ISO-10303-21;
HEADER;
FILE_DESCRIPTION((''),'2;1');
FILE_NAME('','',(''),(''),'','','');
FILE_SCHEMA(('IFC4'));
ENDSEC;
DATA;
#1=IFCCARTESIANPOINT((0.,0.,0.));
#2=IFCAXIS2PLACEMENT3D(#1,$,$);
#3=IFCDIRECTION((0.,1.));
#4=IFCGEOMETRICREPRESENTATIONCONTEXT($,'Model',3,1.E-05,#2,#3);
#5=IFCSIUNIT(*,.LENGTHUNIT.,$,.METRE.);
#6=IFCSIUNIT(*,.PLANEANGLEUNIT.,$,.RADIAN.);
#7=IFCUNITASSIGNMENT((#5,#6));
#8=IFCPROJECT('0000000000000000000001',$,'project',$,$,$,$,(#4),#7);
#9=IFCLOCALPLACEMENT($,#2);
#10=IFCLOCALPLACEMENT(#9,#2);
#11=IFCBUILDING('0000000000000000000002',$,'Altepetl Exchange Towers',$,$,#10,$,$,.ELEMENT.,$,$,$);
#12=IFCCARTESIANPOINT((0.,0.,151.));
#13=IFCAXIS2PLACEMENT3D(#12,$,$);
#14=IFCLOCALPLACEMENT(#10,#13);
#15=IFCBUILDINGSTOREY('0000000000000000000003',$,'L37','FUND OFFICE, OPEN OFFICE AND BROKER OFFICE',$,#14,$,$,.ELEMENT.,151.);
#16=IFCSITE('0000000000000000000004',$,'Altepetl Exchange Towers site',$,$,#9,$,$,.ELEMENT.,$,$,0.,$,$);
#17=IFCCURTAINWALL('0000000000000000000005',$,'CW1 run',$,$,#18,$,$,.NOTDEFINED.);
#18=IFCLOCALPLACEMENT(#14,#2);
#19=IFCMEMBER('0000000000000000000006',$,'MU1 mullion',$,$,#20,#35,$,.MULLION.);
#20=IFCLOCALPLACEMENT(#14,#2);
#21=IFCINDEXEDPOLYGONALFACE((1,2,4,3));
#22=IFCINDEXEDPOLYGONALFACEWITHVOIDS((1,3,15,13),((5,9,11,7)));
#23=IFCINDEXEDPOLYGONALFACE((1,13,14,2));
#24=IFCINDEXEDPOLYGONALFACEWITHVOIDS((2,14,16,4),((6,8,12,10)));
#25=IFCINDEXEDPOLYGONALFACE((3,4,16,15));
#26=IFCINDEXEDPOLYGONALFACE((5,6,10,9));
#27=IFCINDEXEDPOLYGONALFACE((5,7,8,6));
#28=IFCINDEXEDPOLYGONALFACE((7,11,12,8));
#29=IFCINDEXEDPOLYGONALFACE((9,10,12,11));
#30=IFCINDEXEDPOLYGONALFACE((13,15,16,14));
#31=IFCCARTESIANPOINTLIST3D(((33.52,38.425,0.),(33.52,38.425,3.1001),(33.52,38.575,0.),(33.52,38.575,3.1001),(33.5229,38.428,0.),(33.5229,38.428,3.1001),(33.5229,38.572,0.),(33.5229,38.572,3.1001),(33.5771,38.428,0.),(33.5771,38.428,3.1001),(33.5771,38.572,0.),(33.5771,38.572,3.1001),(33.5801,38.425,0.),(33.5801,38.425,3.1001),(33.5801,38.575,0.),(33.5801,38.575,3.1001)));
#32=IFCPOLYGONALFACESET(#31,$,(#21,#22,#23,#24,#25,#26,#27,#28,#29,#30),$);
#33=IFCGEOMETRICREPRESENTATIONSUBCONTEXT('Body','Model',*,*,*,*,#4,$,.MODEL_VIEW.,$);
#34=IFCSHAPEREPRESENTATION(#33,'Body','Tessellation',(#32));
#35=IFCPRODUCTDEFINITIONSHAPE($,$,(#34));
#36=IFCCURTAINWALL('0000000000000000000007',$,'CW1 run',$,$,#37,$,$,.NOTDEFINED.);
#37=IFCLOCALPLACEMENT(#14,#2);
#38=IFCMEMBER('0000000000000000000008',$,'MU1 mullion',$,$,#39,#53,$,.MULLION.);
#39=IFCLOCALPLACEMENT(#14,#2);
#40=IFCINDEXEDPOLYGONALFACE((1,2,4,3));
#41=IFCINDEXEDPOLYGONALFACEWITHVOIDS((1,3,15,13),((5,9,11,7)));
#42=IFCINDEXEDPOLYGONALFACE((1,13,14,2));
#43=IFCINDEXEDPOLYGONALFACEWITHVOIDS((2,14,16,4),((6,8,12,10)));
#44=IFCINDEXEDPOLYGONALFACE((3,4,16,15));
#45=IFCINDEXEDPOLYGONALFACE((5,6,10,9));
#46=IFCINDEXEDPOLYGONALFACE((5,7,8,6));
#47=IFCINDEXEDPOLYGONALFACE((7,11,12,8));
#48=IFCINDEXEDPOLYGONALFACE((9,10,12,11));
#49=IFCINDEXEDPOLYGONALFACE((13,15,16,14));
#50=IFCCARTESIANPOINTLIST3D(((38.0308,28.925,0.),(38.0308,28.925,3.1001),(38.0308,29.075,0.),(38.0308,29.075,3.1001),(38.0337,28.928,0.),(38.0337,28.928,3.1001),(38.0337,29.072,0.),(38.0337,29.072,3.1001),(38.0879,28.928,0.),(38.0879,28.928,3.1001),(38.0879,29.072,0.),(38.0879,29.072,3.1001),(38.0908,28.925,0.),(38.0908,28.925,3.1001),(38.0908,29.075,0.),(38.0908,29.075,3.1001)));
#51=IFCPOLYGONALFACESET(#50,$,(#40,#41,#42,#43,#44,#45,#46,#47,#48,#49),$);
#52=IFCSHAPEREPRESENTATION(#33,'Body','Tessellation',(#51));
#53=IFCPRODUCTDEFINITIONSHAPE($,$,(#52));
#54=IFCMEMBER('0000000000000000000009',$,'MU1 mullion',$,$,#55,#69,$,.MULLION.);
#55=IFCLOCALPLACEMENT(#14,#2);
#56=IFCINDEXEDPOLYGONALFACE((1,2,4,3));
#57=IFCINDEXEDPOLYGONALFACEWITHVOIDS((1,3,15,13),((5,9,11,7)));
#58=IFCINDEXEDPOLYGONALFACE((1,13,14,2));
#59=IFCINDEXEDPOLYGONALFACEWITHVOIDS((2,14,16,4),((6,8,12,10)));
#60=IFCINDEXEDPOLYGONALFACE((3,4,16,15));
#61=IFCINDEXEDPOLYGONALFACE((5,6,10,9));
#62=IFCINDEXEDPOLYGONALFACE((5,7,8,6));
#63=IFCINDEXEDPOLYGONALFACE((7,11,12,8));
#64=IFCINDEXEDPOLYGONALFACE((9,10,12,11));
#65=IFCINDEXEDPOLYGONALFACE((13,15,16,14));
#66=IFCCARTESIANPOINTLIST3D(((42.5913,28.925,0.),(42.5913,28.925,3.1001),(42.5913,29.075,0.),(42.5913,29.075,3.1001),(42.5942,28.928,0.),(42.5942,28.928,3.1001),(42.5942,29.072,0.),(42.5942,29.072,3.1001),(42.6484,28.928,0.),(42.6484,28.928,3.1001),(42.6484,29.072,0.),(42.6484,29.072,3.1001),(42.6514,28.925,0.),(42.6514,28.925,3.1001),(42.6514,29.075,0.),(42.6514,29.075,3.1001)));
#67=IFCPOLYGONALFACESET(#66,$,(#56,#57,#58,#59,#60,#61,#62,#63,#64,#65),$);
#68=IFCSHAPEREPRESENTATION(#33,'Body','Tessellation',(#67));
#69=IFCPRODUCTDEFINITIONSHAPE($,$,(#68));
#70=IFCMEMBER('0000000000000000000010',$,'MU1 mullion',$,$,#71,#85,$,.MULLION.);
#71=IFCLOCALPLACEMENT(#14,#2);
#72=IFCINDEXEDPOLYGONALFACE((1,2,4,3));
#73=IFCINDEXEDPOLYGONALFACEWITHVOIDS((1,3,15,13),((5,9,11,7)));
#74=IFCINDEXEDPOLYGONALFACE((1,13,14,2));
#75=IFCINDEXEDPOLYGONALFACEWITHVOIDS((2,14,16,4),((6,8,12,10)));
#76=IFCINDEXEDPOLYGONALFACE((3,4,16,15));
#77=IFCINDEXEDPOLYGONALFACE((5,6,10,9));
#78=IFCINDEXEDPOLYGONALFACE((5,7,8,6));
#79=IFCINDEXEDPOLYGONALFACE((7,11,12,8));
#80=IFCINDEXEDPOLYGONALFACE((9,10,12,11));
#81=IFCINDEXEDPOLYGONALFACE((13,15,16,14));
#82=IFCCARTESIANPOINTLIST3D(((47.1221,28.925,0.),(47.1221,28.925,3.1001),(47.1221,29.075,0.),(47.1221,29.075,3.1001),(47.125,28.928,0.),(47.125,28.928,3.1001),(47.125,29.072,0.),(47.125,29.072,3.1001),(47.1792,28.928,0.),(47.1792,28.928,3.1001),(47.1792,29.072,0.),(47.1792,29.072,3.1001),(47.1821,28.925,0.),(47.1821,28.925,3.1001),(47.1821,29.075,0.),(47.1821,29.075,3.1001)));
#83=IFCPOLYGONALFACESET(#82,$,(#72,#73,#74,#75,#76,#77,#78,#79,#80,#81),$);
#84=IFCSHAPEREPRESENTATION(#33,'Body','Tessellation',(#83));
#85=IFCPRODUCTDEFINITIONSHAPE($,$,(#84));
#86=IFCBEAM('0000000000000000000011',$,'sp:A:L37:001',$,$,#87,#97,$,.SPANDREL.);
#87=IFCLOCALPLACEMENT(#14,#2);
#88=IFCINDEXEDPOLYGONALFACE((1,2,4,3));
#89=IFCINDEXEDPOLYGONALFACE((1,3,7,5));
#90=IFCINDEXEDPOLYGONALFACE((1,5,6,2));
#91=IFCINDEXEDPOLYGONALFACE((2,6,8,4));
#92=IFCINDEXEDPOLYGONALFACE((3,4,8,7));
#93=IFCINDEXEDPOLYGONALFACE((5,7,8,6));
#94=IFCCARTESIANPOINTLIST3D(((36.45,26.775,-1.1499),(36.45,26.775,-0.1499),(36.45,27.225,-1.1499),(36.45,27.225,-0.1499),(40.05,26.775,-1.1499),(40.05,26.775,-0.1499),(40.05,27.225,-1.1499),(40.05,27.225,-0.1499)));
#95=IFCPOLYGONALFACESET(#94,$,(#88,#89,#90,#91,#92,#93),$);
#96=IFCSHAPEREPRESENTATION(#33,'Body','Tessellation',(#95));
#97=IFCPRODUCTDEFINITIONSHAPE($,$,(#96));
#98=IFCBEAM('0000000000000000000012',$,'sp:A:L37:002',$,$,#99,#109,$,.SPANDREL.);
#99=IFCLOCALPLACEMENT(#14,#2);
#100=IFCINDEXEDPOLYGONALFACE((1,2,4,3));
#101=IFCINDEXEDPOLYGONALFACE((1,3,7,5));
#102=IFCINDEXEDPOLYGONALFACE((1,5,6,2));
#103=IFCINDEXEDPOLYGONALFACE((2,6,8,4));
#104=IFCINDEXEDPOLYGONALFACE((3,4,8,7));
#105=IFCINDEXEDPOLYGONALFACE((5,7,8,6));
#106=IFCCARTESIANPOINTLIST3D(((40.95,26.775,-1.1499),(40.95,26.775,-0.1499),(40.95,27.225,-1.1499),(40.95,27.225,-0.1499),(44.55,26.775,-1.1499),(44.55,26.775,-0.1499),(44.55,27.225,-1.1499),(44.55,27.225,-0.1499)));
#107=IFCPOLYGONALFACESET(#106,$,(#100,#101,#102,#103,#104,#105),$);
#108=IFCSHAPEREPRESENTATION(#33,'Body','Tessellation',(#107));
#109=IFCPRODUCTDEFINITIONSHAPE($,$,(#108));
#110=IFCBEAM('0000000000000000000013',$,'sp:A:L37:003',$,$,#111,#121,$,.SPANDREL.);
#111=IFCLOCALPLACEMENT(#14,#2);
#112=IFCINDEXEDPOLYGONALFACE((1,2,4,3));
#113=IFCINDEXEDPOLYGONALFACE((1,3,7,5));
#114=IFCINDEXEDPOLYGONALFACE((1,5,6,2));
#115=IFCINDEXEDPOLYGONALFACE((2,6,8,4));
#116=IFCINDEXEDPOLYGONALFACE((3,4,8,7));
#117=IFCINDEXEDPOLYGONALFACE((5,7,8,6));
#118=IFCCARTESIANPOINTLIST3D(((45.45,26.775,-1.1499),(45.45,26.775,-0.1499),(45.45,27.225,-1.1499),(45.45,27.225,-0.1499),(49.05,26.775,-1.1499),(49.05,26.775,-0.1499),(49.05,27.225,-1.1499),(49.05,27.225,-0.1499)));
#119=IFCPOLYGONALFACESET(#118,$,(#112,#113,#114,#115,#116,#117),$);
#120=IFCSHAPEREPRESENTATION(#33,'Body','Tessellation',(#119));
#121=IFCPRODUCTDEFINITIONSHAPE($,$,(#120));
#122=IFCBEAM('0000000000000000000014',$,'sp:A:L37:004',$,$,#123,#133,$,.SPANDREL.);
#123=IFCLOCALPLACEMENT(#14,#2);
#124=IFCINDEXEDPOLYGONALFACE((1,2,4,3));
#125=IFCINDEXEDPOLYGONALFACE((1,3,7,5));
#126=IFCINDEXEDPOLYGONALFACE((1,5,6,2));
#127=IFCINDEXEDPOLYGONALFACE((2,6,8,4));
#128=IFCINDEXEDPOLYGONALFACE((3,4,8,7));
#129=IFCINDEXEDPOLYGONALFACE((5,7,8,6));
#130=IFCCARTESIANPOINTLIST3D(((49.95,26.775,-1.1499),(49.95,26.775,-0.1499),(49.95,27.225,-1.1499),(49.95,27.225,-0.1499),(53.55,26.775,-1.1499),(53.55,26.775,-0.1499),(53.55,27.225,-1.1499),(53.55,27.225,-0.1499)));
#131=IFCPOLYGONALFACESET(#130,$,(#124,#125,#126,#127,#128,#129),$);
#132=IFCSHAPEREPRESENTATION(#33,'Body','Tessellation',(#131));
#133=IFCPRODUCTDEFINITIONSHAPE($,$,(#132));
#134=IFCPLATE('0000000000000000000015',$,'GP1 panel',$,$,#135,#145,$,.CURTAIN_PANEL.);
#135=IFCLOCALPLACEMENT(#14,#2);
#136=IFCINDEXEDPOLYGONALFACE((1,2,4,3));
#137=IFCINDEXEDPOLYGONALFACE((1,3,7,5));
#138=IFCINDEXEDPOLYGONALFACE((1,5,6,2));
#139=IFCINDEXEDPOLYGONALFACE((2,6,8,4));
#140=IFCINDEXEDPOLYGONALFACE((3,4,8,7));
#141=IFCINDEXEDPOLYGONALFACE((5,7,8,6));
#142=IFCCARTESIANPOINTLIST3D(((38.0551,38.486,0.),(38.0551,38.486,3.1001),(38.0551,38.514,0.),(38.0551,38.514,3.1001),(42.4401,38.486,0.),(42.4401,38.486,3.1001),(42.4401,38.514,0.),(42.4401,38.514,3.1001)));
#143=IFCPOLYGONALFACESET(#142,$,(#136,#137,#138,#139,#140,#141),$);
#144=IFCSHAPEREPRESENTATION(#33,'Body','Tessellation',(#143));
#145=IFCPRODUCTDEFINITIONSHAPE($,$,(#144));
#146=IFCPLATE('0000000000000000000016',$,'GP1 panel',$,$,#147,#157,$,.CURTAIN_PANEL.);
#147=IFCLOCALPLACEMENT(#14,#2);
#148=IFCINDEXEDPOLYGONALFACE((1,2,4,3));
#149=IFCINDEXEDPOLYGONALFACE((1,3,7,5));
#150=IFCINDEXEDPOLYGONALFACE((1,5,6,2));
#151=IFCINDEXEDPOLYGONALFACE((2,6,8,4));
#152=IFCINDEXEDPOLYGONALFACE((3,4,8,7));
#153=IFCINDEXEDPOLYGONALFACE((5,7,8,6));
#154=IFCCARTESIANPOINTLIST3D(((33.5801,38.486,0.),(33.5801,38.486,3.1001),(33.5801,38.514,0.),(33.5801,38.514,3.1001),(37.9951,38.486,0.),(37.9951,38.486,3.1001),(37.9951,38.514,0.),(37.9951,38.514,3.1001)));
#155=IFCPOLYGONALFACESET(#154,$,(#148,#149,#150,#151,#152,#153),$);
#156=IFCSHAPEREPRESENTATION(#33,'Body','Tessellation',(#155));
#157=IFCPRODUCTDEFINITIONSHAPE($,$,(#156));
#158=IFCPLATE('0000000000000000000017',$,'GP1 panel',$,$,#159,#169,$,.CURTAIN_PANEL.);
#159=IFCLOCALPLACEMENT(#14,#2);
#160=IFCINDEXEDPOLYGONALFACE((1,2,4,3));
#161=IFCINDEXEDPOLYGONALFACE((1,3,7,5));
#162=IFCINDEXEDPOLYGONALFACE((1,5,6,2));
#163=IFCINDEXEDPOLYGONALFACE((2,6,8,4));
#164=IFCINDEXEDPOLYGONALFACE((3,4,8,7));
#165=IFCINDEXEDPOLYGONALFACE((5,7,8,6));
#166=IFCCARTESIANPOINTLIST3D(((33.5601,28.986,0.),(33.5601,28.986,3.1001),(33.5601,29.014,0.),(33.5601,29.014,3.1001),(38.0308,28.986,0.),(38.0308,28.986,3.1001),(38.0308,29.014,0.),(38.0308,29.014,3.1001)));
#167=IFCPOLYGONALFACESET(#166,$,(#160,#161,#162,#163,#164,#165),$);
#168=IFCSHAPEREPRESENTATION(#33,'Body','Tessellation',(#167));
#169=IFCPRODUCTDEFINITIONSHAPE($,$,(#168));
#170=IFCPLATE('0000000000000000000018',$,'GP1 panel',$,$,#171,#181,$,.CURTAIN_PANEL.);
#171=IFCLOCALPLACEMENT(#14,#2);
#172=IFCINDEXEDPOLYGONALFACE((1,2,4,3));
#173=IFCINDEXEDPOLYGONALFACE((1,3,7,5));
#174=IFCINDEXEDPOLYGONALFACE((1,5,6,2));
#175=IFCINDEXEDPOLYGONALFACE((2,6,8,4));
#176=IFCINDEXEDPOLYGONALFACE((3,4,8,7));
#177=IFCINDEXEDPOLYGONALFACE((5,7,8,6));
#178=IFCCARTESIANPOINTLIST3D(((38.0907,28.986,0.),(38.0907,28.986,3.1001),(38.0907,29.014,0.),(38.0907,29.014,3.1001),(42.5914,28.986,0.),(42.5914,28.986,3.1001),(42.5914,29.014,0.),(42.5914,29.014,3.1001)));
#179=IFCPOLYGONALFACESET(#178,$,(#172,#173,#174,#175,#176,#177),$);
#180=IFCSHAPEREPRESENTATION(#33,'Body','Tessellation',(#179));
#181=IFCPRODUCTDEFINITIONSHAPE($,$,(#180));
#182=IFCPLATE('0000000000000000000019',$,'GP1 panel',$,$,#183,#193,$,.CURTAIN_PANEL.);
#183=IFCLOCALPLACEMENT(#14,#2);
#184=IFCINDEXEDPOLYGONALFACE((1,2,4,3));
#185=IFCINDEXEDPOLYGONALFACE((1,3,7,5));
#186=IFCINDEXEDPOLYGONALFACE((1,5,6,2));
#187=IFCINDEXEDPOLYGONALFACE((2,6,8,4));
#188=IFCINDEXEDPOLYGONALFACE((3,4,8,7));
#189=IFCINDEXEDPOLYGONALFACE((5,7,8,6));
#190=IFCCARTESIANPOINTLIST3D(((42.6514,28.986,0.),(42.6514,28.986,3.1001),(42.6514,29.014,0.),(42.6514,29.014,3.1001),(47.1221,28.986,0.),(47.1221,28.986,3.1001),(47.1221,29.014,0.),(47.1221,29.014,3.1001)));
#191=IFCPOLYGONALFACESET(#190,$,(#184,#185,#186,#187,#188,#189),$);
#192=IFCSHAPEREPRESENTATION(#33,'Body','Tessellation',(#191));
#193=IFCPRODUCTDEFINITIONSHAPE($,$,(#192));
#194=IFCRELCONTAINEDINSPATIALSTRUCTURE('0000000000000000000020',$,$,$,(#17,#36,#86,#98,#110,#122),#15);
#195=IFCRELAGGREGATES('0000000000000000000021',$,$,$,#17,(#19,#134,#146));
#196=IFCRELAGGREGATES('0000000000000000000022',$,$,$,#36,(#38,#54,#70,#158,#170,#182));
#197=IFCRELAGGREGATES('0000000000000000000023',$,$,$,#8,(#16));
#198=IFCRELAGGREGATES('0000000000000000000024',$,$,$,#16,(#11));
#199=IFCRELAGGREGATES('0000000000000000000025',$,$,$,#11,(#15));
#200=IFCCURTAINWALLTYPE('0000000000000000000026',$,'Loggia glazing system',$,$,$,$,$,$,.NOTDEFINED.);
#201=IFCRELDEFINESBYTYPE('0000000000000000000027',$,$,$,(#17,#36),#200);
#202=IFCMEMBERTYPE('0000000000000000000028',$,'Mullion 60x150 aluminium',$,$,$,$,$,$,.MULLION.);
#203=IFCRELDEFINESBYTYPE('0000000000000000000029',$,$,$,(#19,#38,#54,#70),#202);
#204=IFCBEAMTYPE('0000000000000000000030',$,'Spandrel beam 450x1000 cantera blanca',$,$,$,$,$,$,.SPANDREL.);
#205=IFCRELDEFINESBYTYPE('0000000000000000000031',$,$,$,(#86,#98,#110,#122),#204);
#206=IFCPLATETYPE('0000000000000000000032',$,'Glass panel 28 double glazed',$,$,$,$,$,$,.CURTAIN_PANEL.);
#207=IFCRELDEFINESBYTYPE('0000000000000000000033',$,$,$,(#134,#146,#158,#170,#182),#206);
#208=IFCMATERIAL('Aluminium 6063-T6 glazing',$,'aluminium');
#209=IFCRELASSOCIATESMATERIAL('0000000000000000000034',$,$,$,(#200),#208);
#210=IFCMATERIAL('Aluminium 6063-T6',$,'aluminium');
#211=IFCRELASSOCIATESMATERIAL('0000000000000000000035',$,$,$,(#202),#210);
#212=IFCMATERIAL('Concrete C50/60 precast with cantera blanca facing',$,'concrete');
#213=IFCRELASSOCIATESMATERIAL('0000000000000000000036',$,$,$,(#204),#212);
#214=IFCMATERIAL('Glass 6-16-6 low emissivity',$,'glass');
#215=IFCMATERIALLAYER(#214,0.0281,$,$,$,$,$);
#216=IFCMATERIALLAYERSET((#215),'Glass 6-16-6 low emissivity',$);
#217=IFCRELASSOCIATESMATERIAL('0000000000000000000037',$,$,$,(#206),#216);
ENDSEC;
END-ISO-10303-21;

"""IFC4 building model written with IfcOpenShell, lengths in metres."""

from ifc_helpers import new_model, si_unit, direction, frame, origin, origin_2d, place, context, subcontext, project, spatial, rectangle, hollow_rectangle, extrude, material, layer, layer_set, material_profile, profile_set, type_object, element, aggregate, save


model = new_model("IFC4")

# Units and contexts
model_context = context("Model", 3, precision=1e-05, world=origin(), true_north=direction((0.0, 1.0)))
body_context = subcontext(model_context, "Body", "Model", "MODEL_VIEW")
ifc_project = project(units=[si_unit("LENGTHUNIT", "METRE"), si_unit("PLANEANGLEUNIT", "RADIAN")], contexts=[model_context])

# Site, building, storey
site_placement = place(None, origin())
site = spatial("IfcSite", under=ifc_project, at=site_placement, Name="Altepetl Exchange Towers site", CompositionType="ELEMENT", RefElevation=0.0)
building_placement = place(site_placement, origin())
building = spatial("IfcBuilding", under=site, at=building_placement, Name="Altepetl Exchange Towers", CompositionType="ELEMENT")
storey_placement = place(building_placement, frame((0.0, 0.0, 151.0)))
storey = spatial("IfcBuildingStorey", under=building, at=storey_placement, Name="L37", Description="FUND OFFICE, OPEN OFFICE AND BROKER OFFICE", CompositionType="ELEMENT", Elevation=151.0)

# Shared definitions
ifc_material_1 = material(Name="Aluminium 6063-T6 glazing", Category="aluminium")
curtain_wall_type = type_object("IfcCurtainWallType", Name="Loggia glazing system", PredefinedType="NOTDEFINED", material=ifc_material_1)
ifc_material_2 = material(Name="Aluminium 6063-T6", Category="aluminium")
ifc_material_profile_1 = material_profile(ifc_material_2, hollow_rectangle(XDim=0.0601, YDim=0.1499, WallThickness=0.0029, at=origin_2d()), Name="Mullion 60x150 aluminium")
ifc_profile_set_1 = profile_set([ifc_material_profile_1], Name="Aluminium 6063-T6")
member_type = type_object("IfcMemberType", Name="Mullion 60x150 aluminium", PredefinedType="MULLION", material=ifc_profile_set_1)

# Curtain walls, members
curtain_wall_1_placement = place(storey_placement, origin())
curtain_wall_1 = element("IfcCurtainWall", 1, at=curtain_wall_1_placement, inside=storey, type_object=curtain_wall_type, Name="CW1 run", PredefinedType="NOTDEFINED")
member_1_placement = place(storey_placement, frame((33.55, 38.5, 0.0), z_axis=(0.0, 0.0, 1.0), x_axis=(-1.0, 0.0, 0.0)))
member_1 = element("IfcMember", 2, at=member_1_placement, type_object=member_type, Name="MU1 mullion", PredefinedType="MULLION", context=body_context, shape_type="SweptSolid", body=[
    extrude(hollow_rectangle(XDim=0.0601, YDim=0.1499, WallThickness=0.0029, at=origin_2d()), origin(), (0.0, 0.0, 1.0), 3.1001),
])
curtain_wall_2_placement = place(storey_placement, origin())
curtain_wall_2 = element("IfcCurtainWall", 3, at=curtain_wall_2_placement, inside=storey, type_object=curtain_wall_type, Name="CW1 run", PredefinedType="NOTDEFINED")
member_2_placement = place(storey_placement, frame((38.0608, 29.0, 0.0)))
member_2 = element("IfcMember", 4, at=member_2_placement, type_object=member_type, Name="MU1 mullion", PredefinedType="MULLION", context=body_context, shape_type="SweptSolid", body=[
    extrude(hollow_rectangle(XDim=0.0601, YDim=0.1499, WallThickness=0.0029, at=origin_2d()), origin(), (0.0, 0.0, 1.0), 3.1001),
])
member_3_placement = place(storey_placement, frame((42.6213, 29.0, 0.0)))
member_3 = element("IfcMember", 5, at=member_3_placement, type_object=member_type, Name="MU1 mullion", PredefinedType="MULLION", context=body_context, shape_type="SweptSolid", body=[
    extrude(hollow_rectangle(XDim=0.0601, YDim=0.1499, WallThickness=0.0029, at=origin_2d()), origin(), (0.0, 0.0, 1.0), 3.1001),
])
member_4_placement = place(storey_placement, frame((47.1521, 29.0, 0.0)))
member_4 = element("IfcMember", 6, at=member_4_placement, type_object=member_type, Name="MU1 mullion", PredefinedType="MULLION", context=body_context, shape_type="SweptSolid", body=[
    extrude(hollow_rectangle(XDim=0.0601, YDim=0.1499, WallThickness=0.0029, at=origin_2d()), origin(), (0.0, 0.0, 1.0), 3.1001),
])

# Beams
ifc_material_3 = material(Name="Concrete C50/60 precast with cantera blanca facing", Category="concrete")
ifc_material_profile_2 = material_profile(ifc_material_3, rectangle(XDim=0.45, YDim=1.0, at=origin_2d()), Name="450 x 1000")
ifc_profile_set_2 = profile_set([ifc_material_profile_2], Name="Concrete C50/60 precast with cantera blanca facing")
beam_type_1 = type_object("IfcBeamType", Name="Spandrel beam 450x1000 cantera blanca", PredefinedType="SPANDREL", material=ifc_profile_set_2)
for number, where, z_axis, x_axis, name in (
    (7, (36.45, 27.0, -0.6499), (1.0, 0.0, 0.0), (0.0, 1.0, 0.0), "sp:A:L37:001"),
    (8, (40.95, 27.0, -0.6499), (1.0, 0.0, 0.0), (0.0, 1.0, 0.0), "sp:A:L37:002"),
    (9, (45.45, 27.0, -0.6499), (1.0, 0.0, 0.0), (0.0, 1.0, 0.0), "sp:A:L37:003"),
    (10, (49.95, 27.0, -0.6499), (1.0, 0.0, 0.0), (0.0, 1.0, 0.0), "sp:A:L37:004"),
):
    element("IfcBeam", number, at=place(storey_placement, frame(where, z_axis=z_axis, x_axis=x_axis)), inside=storey, type_object=beam_type_1, Name=name, PredefinedType="SPANDREL", context=body_context, shape_type="SweptSolid", body=[
        extrude(rectangle(XDim=0.45, YDim=1.0, at=origin_2d()), origin(), (0.0, 0.0, 1.0), 3.6001),
    ])

# Plates
ifc_material_4 = material(Name="Glass 6-16-6 low emissivity", Category="glass")
ifc_layer_1 = layer(ifc_material_4, 0.0281)
ifc_layer_set_1 = layer_set([ifc_layer_1], Name="Glass 6-16-6 low emissivity")
plate_type = type_object("IfcPlateType", Name="Glass panel 28 double glazed", PredefinedType="CURTAIN_PANEL", material=ifc_layer_set_1)
plate_1_placement = place(storey_placement, frame((40.2476, 38.5, 0.0), z_axis=(0.0, 0.0, 1.0), x_axis=(-1.0, 0.0, 0.0)))
plate_1 = element("IfcPlate", 11, at=plate_1_placement, type_object=plate_type, Name="GP1 panel", PredefinedType="CURTAIN_PANEL", context=body_context, shape_type="SweptSolid", body=[
    extrude(rectangle(XDim=4.385, YDim=0.0281, at=origin_2d()), origin(), (0.0, 0.0, 1.0), 3.1001),
])
plate_2_placement = place(storey_placement, frame((35.7876, 38.5, 0.0), z_axis=(0.0, 0.0, 1.0), x_axis=(-1.0, 0.0, 0.0)))
plate_2 = element("IfcPlate", 12, at=plate_2_placement, type_object=plate_type, Name="GP1 panel", PredefinedType="CURTAIN_PANEL", context=body_context, shape_type="SweptSolid", body=[
    extrude(rectangle(XDim=4.415, YDim=0.0281, at=origin_2d()), origin(), (0.0, 0.0, 1.0), 3.1001),
])
aggregate(curtain_wall_1, [member_1, plate_1, plate_2])
plate_3_placement = place(storey_placement, frame((35.7954, 29.0, 0.0)))
plate_3 = element("IfcPlate", 13, at=plate_3_placement, type_object=plate_type, Name="GP1 panel", PredefinedType="CURTAIN_PANEL", context=body_context, shape_type="SweptSolid", body=[
    extrude(rectangle(XDim=4.4707, YDim=0.0281, at=origin_2d()), origin(), (0.0, 0.0, 1.0), 3.1001),
])
plate_4_placement = place(storey_placement, frame((40.3411, 29.0, 0.0)))
plate_4 = element("IfcPlate", 14, at=plate_4_placement, type_object=plate_type, Name="GP1 panel", PredefinedType="CURTAIN_PANEL", context=body_context, shape_type="SweptSolid", body=[
    extrude(rectangle(XDim=4.5007, YDim=0.0281, at=origin_2d()), origin(), (0.0, 0.0, 1.0), 3.1001),
])
plate_5_placement = place(storey_placement, frame((44.8867, 29.0, 0.0)))
plate_5 = element("IfcPlate", 15, at=plate_5_placement, type_object=plate_type, Name="GP1 panel", PredefinedType="CURTAIN_PANEL", context=body_context, shape_type="SweptSolid", body=[
    extrude(rectangle(XDim=4.4707, YDim=0.0281, at=origin_2d()), origin(), (0.0, 0.0, 1.0), 3.1001),
])
aggregate(curtain_wall_2, [member_2, member_3, member_4, plate_3, plate_4, plate_5])

save(model, "model.ifc")
